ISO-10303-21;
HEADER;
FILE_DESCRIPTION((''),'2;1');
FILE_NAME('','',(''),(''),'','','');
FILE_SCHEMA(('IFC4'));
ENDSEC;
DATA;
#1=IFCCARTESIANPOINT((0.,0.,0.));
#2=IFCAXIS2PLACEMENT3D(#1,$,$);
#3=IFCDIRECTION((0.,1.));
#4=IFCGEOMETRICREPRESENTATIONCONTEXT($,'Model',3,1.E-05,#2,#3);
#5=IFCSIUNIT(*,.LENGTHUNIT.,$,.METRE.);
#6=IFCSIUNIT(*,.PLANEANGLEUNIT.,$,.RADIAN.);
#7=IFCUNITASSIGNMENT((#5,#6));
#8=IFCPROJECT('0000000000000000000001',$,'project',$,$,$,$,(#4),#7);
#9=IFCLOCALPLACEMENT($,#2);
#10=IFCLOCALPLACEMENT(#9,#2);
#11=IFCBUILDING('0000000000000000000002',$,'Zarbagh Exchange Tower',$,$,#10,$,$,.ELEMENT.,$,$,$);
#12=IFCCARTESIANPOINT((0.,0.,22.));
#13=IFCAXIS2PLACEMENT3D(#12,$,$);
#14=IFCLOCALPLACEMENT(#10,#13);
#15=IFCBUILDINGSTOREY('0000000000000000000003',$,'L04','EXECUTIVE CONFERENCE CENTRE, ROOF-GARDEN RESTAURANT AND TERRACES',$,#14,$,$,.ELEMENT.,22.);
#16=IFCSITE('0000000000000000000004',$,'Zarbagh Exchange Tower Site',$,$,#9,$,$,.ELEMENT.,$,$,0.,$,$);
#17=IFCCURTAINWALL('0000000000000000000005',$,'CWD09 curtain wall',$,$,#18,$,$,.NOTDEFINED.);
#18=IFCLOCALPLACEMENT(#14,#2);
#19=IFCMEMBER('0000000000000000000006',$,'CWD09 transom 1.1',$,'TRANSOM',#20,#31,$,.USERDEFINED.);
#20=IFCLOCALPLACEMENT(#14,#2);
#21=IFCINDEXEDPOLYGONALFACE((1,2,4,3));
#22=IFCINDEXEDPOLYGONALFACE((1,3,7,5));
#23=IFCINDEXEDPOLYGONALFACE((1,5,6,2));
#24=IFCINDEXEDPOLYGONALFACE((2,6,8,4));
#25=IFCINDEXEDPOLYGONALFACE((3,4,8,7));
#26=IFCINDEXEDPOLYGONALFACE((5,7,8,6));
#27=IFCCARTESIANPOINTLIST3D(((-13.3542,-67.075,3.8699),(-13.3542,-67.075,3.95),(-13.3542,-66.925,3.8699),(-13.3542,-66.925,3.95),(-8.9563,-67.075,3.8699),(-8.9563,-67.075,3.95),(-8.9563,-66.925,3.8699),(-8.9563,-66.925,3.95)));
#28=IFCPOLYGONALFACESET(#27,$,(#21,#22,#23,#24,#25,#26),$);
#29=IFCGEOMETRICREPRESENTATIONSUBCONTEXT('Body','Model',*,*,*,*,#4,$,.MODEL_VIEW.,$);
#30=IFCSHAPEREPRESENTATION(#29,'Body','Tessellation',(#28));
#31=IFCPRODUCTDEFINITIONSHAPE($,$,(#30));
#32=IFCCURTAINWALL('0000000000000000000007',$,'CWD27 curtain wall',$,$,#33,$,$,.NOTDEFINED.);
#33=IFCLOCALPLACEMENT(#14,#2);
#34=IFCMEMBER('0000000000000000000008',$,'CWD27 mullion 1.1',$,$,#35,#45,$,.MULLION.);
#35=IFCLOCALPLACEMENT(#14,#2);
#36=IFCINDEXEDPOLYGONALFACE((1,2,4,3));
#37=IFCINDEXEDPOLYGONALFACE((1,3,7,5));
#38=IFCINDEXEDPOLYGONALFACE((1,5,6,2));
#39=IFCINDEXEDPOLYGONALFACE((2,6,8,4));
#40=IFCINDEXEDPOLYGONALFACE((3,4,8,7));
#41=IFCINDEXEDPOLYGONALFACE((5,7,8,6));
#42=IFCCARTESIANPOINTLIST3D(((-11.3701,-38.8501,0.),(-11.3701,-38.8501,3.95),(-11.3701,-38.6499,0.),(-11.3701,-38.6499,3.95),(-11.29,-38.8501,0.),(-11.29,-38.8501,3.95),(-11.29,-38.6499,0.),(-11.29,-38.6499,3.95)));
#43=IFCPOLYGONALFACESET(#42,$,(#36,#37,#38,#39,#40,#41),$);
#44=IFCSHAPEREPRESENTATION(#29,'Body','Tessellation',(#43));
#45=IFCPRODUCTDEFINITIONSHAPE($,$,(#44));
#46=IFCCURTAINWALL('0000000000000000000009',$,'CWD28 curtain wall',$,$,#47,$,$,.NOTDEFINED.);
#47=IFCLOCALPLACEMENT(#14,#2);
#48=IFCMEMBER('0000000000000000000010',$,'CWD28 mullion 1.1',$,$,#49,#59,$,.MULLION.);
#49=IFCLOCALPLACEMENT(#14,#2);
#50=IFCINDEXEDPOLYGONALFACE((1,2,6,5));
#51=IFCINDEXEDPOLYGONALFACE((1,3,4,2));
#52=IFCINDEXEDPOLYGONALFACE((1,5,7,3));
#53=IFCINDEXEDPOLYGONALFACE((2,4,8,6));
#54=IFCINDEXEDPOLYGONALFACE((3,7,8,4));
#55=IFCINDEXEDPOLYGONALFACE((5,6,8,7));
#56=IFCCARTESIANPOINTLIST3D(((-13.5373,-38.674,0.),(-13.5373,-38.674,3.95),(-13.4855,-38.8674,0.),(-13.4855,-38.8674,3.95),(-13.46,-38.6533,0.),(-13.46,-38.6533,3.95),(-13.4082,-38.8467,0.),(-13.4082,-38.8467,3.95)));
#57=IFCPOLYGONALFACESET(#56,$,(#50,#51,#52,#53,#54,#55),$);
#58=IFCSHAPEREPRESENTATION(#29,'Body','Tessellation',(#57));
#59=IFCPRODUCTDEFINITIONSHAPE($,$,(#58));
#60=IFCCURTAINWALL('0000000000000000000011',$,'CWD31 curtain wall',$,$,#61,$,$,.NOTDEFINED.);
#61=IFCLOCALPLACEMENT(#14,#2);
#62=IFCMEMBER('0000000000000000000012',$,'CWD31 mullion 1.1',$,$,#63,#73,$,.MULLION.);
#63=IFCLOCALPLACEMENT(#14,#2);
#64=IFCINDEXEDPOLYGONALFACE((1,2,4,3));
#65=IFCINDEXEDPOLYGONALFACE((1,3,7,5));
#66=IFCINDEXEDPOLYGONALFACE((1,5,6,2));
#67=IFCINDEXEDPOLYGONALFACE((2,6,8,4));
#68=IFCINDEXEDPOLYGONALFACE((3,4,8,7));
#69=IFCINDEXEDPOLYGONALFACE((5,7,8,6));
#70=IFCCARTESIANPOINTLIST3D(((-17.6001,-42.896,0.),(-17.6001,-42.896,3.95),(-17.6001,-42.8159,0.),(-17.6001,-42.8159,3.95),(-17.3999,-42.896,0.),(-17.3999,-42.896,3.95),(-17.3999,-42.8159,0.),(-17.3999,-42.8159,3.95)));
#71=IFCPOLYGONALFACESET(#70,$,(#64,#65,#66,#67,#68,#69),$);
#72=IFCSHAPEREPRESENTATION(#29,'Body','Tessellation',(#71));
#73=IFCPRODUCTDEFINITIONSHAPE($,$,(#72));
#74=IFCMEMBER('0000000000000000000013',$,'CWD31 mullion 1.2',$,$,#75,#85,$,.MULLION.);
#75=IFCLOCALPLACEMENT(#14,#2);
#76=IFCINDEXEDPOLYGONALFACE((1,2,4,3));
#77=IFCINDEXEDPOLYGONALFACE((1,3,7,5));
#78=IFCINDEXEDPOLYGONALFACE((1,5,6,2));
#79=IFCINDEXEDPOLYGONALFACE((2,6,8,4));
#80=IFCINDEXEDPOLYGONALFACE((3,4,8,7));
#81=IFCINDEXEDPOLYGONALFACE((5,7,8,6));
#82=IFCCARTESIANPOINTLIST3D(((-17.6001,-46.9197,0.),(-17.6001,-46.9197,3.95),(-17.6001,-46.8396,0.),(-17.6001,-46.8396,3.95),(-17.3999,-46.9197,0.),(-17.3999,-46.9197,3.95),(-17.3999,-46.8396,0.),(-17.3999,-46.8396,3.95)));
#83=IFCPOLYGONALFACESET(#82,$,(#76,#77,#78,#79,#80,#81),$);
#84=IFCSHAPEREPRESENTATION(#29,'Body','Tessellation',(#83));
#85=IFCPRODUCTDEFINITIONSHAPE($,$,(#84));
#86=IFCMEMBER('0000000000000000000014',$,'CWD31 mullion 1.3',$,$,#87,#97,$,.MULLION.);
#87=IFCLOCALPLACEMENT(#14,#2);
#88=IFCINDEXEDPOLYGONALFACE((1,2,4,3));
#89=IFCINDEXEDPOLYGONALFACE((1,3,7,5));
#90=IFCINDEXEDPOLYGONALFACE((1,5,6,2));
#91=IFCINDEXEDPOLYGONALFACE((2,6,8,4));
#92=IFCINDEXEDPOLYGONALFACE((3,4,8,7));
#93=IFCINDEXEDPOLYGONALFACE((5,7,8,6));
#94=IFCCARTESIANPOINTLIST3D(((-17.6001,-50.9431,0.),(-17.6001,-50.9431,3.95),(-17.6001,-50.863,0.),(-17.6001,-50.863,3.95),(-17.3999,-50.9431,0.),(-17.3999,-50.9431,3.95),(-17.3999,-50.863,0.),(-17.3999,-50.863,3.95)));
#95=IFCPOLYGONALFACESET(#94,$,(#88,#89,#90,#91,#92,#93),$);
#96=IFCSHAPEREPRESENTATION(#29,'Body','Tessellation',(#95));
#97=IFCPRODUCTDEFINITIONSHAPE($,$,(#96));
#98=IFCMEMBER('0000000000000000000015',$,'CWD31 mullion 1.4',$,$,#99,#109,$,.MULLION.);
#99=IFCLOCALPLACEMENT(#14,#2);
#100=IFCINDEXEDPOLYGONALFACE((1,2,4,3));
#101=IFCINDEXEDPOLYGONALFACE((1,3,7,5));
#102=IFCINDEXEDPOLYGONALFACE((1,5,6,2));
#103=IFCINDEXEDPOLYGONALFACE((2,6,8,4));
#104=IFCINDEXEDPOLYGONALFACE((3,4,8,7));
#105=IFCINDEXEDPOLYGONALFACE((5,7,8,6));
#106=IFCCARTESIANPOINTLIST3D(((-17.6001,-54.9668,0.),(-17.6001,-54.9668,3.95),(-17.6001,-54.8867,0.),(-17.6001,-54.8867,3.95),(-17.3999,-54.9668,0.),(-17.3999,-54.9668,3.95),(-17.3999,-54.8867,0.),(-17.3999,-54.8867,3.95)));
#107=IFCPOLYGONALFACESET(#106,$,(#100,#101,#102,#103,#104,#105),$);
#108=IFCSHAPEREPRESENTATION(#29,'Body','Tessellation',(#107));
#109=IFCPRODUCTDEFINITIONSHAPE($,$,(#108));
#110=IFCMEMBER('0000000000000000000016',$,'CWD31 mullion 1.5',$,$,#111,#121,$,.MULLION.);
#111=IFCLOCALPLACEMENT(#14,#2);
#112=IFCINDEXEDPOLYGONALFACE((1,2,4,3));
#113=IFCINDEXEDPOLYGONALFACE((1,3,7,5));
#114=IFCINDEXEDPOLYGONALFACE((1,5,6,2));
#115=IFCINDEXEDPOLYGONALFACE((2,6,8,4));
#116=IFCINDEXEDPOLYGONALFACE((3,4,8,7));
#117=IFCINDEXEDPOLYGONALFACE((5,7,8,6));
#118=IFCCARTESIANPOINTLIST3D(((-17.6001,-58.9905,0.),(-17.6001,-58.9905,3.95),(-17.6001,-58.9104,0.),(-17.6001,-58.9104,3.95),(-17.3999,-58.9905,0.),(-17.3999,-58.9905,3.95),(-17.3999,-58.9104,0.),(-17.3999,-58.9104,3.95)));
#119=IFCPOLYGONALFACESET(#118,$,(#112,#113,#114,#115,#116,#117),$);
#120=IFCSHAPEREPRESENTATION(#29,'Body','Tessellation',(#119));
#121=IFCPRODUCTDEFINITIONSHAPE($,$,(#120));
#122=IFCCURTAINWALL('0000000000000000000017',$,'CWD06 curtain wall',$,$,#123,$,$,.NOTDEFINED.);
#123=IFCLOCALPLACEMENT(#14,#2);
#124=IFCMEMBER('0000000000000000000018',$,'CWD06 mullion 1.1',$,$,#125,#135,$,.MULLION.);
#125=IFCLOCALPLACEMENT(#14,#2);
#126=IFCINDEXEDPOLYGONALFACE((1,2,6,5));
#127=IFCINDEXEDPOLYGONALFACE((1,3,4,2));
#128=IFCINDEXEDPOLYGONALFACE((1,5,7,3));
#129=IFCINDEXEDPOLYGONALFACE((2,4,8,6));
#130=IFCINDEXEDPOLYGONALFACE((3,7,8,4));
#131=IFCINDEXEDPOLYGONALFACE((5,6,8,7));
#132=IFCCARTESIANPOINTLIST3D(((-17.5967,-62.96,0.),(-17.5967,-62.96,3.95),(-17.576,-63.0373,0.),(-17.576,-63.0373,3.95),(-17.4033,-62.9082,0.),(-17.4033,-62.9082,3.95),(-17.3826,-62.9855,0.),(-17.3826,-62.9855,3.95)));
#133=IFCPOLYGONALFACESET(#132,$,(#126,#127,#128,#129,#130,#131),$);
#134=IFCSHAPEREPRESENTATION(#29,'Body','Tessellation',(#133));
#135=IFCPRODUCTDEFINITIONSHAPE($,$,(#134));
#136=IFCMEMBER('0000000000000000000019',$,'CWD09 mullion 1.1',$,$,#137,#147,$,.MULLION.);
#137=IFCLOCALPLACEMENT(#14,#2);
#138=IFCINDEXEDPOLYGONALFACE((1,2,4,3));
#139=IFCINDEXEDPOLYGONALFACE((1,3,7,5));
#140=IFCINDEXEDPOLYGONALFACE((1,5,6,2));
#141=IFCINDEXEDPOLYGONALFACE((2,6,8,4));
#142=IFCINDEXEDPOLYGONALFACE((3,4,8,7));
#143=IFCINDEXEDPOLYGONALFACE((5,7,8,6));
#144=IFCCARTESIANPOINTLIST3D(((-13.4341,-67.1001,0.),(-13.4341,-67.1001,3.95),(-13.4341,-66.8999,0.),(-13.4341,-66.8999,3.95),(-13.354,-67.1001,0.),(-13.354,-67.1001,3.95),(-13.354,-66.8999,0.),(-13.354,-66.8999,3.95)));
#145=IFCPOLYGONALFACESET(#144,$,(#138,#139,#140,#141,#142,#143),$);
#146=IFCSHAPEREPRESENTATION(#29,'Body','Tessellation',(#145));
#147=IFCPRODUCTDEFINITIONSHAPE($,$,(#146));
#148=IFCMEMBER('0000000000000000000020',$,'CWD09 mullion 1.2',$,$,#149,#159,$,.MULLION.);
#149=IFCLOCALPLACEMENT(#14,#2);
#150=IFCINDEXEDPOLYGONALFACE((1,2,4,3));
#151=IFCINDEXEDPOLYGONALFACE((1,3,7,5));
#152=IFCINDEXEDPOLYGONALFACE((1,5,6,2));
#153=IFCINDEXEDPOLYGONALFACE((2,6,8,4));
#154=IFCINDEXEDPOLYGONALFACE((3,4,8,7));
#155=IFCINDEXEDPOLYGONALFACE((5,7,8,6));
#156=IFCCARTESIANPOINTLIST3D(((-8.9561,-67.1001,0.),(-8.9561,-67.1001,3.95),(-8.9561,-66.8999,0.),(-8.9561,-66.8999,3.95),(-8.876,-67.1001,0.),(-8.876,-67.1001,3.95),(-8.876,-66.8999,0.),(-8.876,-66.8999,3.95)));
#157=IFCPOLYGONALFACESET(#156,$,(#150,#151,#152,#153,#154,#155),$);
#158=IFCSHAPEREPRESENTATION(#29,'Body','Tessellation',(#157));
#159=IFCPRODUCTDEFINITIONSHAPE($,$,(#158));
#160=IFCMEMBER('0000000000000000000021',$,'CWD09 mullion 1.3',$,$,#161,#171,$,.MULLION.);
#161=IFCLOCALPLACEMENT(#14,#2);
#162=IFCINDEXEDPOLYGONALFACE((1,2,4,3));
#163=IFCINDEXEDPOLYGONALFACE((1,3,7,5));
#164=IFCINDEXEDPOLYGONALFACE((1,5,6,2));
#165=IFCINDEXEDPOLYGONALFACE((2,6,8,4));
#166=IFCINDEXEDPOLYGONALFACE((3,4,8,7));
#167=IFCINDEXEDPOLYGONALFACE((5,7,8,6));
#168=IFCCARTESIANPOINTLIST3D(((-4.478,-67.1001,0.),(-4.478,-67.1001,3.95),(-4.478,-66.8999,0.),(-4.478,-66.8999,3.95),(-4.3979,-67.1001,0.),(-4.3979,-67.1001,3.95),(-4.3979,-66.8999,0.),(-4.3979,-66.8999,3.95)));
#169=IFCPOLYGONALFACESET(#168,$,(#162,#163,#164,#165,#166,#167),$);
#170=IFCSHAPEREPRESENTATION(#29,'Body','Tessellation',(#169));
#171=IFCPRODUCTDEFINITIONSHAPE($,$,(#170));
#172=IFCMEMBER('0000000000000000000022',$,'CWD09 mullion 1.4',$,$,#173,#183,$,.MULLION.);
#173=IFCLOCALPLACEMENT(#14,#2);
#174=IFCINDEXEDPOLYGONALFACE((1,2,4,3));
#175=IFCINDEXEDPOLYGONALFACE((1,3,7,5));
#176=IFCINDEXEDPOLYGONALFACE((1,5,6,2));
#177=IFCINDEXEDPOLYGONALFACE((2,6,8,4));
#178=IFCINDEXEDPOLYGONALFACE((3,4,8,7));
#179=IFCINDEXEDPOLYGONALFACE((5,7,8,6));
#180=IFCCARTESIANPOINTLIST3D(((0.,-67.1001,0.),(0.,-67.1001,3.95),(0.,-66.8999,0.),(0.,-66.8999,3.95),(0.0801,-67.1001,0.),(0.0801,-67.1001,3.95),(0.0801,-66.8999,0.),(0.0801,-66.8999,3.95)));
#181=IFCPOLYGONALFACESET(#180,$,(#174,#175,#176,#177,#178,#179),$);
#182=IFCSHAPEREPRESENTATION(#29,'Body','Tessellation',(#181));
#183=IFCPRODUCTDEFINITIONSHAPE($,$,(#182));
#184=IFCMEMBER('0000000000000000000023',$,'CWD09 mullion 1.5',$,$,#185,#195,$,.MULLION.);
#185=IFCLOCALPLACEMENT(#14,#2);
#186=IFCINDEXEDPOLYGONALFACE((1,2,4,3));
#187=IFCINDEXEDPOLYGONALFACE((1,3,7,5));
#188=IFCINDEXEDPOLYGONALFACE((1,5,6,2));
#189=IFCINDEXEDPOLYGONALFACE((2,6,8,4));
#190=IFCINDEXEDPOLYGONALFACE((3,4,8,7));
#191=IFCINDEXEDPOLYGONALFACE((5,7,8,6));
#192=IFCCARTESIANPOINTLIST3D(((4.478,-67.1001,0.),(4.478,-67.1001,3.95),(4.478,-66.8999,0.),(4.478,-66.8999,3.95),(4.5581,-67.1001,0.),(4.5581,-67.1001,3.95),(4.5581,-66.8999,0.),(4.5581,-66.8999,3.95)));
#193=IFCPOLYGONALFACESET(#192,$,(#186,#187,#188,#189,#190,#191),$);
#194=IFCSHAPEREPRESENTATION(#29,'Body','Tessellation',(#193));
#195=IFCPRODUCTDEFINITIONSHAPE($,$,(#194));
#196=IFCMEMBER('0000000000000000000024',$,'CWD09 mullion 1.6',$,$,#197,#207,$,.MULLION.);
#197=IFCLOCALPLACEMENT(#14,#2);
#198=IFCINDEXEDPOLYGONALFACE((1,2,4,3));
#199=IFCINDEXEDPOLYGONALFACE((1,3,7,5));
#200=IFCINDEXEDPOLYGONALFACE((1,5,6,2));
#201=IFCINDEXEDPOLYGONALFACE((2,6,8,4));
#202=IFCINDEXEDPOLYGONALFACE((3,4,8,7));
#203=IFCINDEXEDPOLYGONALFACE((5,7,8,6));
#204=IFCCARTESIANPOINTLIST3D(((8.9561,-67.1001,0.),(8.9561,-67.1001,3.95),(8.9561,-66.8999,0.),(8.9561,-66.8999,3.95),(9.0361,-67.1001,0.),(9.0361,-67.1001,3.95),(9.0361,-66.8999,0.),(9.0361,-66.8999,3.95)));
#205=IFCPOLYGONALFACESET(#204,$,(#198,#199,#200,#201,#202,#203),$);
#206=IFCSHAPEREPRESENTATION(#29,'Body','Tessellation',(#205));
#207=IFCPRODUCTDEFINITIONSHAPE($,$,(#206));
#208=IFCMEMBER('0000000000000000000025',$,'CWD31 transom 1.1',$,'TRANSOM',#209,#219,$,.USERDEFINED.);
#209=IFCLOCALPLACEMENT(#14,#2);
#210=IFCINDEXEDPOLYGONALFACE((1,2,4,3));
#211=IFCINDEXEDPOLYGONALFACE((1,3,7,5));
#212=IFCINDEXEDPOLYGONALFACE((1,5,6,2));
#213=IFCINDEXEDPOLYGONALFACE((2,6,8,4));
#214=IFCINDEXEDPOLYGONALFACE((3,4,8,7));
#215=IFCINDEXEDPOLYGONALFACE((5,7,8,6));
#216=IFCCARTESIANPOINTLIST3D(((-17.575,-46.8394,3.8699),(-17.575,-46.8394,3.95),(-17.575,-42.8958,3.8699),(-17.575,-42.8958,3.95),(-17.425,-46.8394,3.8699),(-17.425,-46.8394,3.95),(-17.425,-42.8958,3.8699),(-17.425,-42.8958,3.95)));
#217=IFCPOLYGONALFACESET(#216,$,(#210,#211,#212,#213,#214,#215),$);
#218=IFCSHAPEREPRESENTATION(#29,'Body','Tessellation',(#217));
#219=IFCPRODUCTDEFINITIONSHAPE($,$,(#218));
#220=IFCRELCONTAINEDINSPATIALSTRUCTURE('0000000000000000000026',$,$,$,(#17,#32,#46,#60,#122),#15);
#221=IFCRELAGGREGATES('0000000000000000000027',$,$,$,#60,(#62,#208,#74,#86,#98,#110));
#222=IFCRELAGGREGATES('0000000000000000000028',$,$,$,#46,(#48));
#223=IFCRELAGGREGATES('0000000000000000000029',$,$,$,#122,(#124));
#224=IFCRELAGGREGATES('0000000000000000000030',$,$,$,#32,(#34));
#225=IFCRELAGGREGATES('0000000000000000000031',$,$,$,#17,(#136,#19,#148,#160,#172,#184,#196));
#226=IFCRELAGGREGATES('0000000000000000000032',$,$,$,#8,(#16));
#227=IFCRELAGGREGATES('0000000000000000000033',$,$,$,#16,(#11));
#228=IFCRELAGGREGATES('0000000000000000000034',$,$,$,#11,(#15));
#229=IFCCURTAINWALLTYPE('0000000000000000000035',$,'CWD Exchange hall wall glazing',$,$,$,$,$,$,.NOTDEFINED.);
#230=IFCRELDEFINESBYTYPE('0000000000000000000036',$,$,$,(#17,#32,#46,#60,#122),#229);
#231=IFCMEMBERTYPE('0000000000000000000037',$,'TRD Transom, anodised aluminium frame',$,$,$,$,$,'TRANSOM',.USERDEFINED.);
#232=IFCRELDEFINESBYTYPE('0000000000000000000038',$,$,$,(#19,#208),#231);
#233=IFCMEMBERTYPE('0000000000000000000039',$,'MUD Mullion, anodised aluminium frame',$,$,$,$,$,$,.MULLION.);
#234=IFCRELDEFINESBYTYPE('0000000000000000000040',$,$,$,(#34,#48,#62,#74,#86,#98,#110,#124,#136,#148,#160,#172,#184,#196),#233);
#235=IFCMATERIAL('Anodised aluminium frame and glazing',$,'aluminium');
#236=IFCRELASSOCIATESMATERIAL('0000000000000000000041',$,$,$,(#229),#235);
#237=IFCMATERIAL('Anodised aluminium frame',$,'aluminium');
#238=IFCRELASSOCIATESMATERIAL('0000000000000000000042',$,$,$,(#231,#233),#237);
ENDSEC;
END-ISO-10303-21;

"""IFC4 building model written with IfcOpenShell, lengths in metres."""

from ifc_helpers import new_model, si_unit, direction, frame, origin, place, context, subcontext, project, spatial, polyline, outline, extrude, source, transform, mapped, material, type_object, element, aggregate, save


model = new_model("IFC4")

# Units and contexts
model_context = context("Model", 3, precision=1e-05, world=origin(), true_north=direction((0.0, 1.0)))
body_context = subcontext(model_context, "Body", "Model", "MODEL_VIEW")
ifc_project = project(units=[si_unit("LENGTHUNIT", "METRE"), si_unit("PLANEANGLEUNIT", "RADIAN")], contexts=[model_context])

# Site, building, storey
site_placement = place(None, origin())
site = spatial("IfcSite", under=ifc_project, at=site_placement, Name="Zarbagh Exchange Tower Site", CompositionType="ELEMENT", RefElevation=0.0)
building_placement = place(site_placement, origin())
building = spatial("IfcBuilding", under=site, at=building_placement, Name="Zarbagh Exchange Tower", CompositionType="ELEMENT")
storey_placement = place(building_placement, frame((0.0, 0.0, 22.0)))
storey = spatial("IfcBuildingStorey", under=building, at=storey_placement, Name="L04", Description="EXECUTIVE CONFERENCE CENTRE, ROOF-GARDEN RESTAURANT AND TERRACES", CompositionType="ELEMENT", Elevation=22.0)

# Curtain walls, members
ifc_material_1 = material(Name="Anodised aluminium frame and glazing", Category="aluminium")
curtain_wall_type_1 = type_object("IfcCurtainWallType", Name="CWD Exchange hall wall glazing", PredefinedType="NOTDEFINED", material=ifc_material_1)
curtain_wall_1_placement = place(storey_placement, origin())
curtain_wall_1 = element("IfcCurtainWall", 1, at=curtain_wall_1_placement, inside=storey, type_object=curtain_wall_type_1, Name="CWD09 curtain wall", PredefinedType="NOTDEFINED")
ifc_material_2 = material(Name="Anodised aluminium frame", Category="aluminium")
member_type_1 = type_object("IfcMemberType", Name="TRD Transom, anodised aluminium frame", ElementType="TRANSOM", PredefinedType="USERDEFINED", material=ifc_material_2)
shared_shape_1 = source(origin(), body_context, "Body", "SweptSolid", [
    extrude(outline(polyline([(-0.0801, -0.075), (0.0, -0.075), (0.0, 0.075), (-0.0801, 0.075), (-0.0801, -0.075)])), origin(), (0.0, 0.0, 1.0), 4.3979),
])
placement = place(storey_placement, origin())
member_1 = element("IfcMember", 2, at=placement, type_object=member_type_1, Name="CWD09 transom 1.1", ObjectType="TRANSOM", PredefinedType="USERDEFINED", context=body_context, shape_type="MappedRepresentation", body=[
    mapped(shared_shape_1, transform((-13.3542, -67.0, 3.95), x_axis=(0.0, 0.0, 1.0), y_axis=(0.0, -1.0, 0.0), z_axis=(1.0, 0.0, 0.0))),
])
curtain_wall_2_placement = place(storey_placement, origin())
curtain_wall_2 = element("IfcCurtainWall", 3, at=curtain_wall_2_placement, inside=storey, type_object=curtain_wall_type_1, Name="CWD27 curtain wall", PredefinedType="NOTDEFINED")
member_type_2 = type_object("IfcMemberType", Name="MUD Mullion, anodised aluminium frame", PredefinedType="MULLION", material=ifc_material_2)
shared_shape_2 = source(origin(), body_context, "Body", "SweptSolid", [
    extrude(outline(polyline([(0.0, -0.1001), (0.0801, -0.1001), (0.0801, 0.1001), (0.0, 0.1001), (0.0, -0.1001)])), origin(), (0.0, 0.0, 1.0), 3.95),
])
member_2 = element("IfcMember", 4, at=placement, type_object=member_type_2, Name="CWD27 mullion 1.1", PredefinedType="MULLION", context=body_context, shape_type="MappedRepresentation", body=[
    mapped(shared_shape_2, transform((-11.29, -38.75, 0.0), x_axis=(-1.0, 0.0, 0.0), y_axis=(0.0, -1.0, 0.0), z_axis=(0.0, 0.0, 1.0))),
])
curtain_wall_3_placement = place(storey_placement, origin())
curtain_wall_3 = element("IfcCurtainWall", 5, at=curtain_wall_3_placement, inside=storey, type_object=curtain_wall_type_1, Name="CWD28 curtain wall", PredefinedType="NOTDEFINED")
member_3 = element("IfcMember", 6, at=placement, type_object=member_type_2, Name="CWD28 mullion 1.1", PredefinedType="MULLION", context=body_context, shape_type="MappedRepresentation", body=[
    mapped(shared_shape_2, transform((-13.4341, -38.75, 0.0), x_axis=(-0.965924, -0.258825, 0.0), y_axis=(0.258825, -0.965924, 0.0), z_axis=(0.0, 0.0, 1.0))),
])

# Curtain wall, members
curtain_wall_4_placement = place(storey_placement, origin())
curtain_wall_4 = element("IfcCurtainWall", 7, at=curtain_wall_4_placement, inside=storey, type_object=curtain_wall_type_1, Name="CWD31 curtain wall", PredefinedType="NOTDEFINED")
member_4 = element("IfcMember", 8, at=placement, type_object=member_type_2, Name="CWD31 mullion 1.1", PredefinedType="MULLION", context=body_context, shape_type="MappedRepresentation", body=[
    mapped(shared_shape_2, transform((-17.5, -42.8159, 0.0), x_axis=(0.0, -1.0, 0.0), y_axis=(1.0, 0.0, 0.0), z_axis=(0.0, 0.0, 1.0))),
])
member_5 = element("IfcMember", 9, at=placement, type_object=member_type_2, Name="CWD31 mullion 1.2", PredefinedType="MULLION", context=body_context, shape_type="MappedRepresentation", body=[
    mapped(shared_shape_2, transform((-17.5, -46.8396, 0.0), x_axis=(0.0, -1.0, 0.0), y_axis=(1.0, 0.0, 0.0), z_axis=(0.0, 0.0, 1.0))),
])
member_6 = element("IfcMember", 10, at=placement, type_object=member_type_2, Name="CWD31 mullion 1.3", PredefinedType="MULLION", context=body_context, shape_type="MappedRepresentation", body=[
    mapped(shared_shape_2, transform((-17.5, -50.863, 0.0), x_axis=(0.0, -1.0, 0.0), y_axis=(1.0, 0.0, 0.0), z_axis=(0.0, 0.0, 1.0))),
])
member_7 = element("IfcMember", 11, at=placement, type_object=member_type_2, Name="CWD31 mullion 1.4", PredefinedType="MULLION", context=body_context, shape_type="MappedRepresentation", body=[
    mapped(shared_shape_2, transform((-17.5, -54.8867, 0.0), x_axis=(0.0, -1.0, 0.0), y_axis=(1.0, 0.0, 0.0), z_axis=(0.0, 0.0, 1.0))),
])
member_8 = element("IfcMember", 12, at=placement, type_object=member_type_2, Name="CWD31 mullion 1.5", PredefinedType="MULLION", context=body_context, shape_type="MappedRepresentation", body=[
    mapped(shared_shape_2, transform((-17.5, -58.9104, 0.0), x_axis=(0.0, -1.0, 0.0), y_axis=(1.0, 0.0, 0.0), z_axis=(0.0, 0.0, 1.0))),
])

# Curtain wall, member
curtain_wall_5_placement = place(storey_placement, origin())
curtain_wall_5 = element("IfcCurtainWall", 13, at=curtain_wall_5_placement, inside=storey, type_object=curtain_wall_type_1, Name="CWD06 curtain wall", PredefinedType="NOTDEFINED")
member_9 = element("IfcMember", 14, at=placement, type_object=member_type_2, Name="CWD06 mullion 1.1", PredefinedType="MULLION", context=body_context, shape_type="MappedRepresentation", body=[
    mapped(shared_shape_2, transform((-17.5, -62.9341, 0.0), x_axis=(0.258825, -0.965924, 0.0), y_axis=(0.965924, 0.258825, 0.0), z_axis=(0.0, 0.0, 1.0))),
])

# Members
member_10 = element("IfcMember", 15, at=placement, type_object=member_type_2, Name="CWD09 mullion 1.1", PredefinedType="MULLION", context=body_context, shape_type="MappedRepresentation", body=[
    mapped(shared_shape_2, transform((-13.4341, -67.0, 0.0), x_axis=(1.0, 0.0, 0.0), y_axis=(0.0, 1.0, 0.0), z_axis=(0.0, 0.0, 1.0))),
])
member_11 = element("IfcMember", 16, at=placement, type_object=member_type_2, Name="CWD09 mullion 1.2", PredefinedType="MULLION", context=body_context, shape_type="MappedRepresentation", body=[
    mapped(shared_shape_2, transform((-8.9561, -67.0, 0.0), x_axis=(1.0, 0.0, 0.0), y_axis=(0.0, 1.0, 0.0), z_axis=(0.0, 0.0, 1.0))),
])
member_12 = element("IfcMember", 17, at=placement, type_object=member_type_2, Name="CWD09 mullion 1.3", PredefinedType="MULLION", context=body_context, shape_type="MappedRepresentation", body=[
    mapped(shared_shape_2, transform((-4.478, -67.0, 0.0), x_axis=(1.0, 0.0, 0.0), y_axis=(0.0, 1.0, 0.0), z_axis=(0.0, 0.0, 1.0))),
])
member_13 = element("IfcMember", 18, at=placement, type_object=member_type_2, Name="CWD09 mullion 1.4", PredefinedType="MULLION", context=body_context, shape_type="MappedRepresentation", body=[
    mapped(shared_shape_2, transform((0.0, -67.0, 0.0), x_axis=(1.0, 0.0, 0.0), y_axis=(0.0, 1.0, 0.0), z_axis=(0.0, 0.0, 1.0))),
])
member_14 = element("IfcMember", 19, at=placement, type_object=member_type_2, Name="CWD09 mullion 1.5", PredefinedType="MULLION", context=body_context, shape_type="MappedRepresentation", body=[
    mapped(shared_shape_2, transform((4.478, -67.0, 0.0), x_axis=(1.0, 0.0, 0.0), y_axis=(0.0, 1.0, 0.0), z_axis=(0.0, 0.0, 1.0))),
])
member_15 = element("IfcMember", 20, at=placement, type_object=member_type_2, Name="CWD09 mullion 1.6", PredefinedType="MULLION", context=body_context, shape_type="MappedRepresentation", body=[
    mapped(shared_shape_2, transform((8.9561, -67.0, 0.0), x_axis=(1.0, 0.0, 0.0), y_axis=(0.0, 1.0, 0.0), z_axis=(0.0, 0.0, 1.0))),
])
shared_shape_3 = source(origin(), body_context, "Body", "SweptSolid", [
    extrude(outline(polyline([(-0.0801, -0.075), (0.0, -0.075), (0.0, 0.075), (-0.0801, 0.075), (-0.0801, -0.075)])), origin(), (0.0, 0.0, 1.0), 3.9436),
])
member_16 = element("IfcMember", 21, at=placement, type_object=member_type_1, Name="CWD31 transom 1.1", ObjectType="TRANSOM", PredefinedType="USERDEFINED", context=body_context, shape_type="MappedRepresentation", body=[
    mapped(shared_shape_3, transform((-17.5, -42.8958, 3.95), x_axis=(0.0, 0.0, 1.0), y_axis=(-1.0, 0.0, 0.0), z_axis=(0.0, -1.0, 0.0))),
])

aggregate(curtain_wall_4, [member_4, member_16, member_5, member_6, member_7, member_8])
aggregate(curtain_wall_3, [member_3])
aggregate(curtain_wall_5, [member_9])
aggregate(curtain_wall_2, [member_2])

aggregate(curtain_wall_1, [member_10, member_1, member_11, member_12, member_13, member_14, member_15])

save(model, "model.ifc")
